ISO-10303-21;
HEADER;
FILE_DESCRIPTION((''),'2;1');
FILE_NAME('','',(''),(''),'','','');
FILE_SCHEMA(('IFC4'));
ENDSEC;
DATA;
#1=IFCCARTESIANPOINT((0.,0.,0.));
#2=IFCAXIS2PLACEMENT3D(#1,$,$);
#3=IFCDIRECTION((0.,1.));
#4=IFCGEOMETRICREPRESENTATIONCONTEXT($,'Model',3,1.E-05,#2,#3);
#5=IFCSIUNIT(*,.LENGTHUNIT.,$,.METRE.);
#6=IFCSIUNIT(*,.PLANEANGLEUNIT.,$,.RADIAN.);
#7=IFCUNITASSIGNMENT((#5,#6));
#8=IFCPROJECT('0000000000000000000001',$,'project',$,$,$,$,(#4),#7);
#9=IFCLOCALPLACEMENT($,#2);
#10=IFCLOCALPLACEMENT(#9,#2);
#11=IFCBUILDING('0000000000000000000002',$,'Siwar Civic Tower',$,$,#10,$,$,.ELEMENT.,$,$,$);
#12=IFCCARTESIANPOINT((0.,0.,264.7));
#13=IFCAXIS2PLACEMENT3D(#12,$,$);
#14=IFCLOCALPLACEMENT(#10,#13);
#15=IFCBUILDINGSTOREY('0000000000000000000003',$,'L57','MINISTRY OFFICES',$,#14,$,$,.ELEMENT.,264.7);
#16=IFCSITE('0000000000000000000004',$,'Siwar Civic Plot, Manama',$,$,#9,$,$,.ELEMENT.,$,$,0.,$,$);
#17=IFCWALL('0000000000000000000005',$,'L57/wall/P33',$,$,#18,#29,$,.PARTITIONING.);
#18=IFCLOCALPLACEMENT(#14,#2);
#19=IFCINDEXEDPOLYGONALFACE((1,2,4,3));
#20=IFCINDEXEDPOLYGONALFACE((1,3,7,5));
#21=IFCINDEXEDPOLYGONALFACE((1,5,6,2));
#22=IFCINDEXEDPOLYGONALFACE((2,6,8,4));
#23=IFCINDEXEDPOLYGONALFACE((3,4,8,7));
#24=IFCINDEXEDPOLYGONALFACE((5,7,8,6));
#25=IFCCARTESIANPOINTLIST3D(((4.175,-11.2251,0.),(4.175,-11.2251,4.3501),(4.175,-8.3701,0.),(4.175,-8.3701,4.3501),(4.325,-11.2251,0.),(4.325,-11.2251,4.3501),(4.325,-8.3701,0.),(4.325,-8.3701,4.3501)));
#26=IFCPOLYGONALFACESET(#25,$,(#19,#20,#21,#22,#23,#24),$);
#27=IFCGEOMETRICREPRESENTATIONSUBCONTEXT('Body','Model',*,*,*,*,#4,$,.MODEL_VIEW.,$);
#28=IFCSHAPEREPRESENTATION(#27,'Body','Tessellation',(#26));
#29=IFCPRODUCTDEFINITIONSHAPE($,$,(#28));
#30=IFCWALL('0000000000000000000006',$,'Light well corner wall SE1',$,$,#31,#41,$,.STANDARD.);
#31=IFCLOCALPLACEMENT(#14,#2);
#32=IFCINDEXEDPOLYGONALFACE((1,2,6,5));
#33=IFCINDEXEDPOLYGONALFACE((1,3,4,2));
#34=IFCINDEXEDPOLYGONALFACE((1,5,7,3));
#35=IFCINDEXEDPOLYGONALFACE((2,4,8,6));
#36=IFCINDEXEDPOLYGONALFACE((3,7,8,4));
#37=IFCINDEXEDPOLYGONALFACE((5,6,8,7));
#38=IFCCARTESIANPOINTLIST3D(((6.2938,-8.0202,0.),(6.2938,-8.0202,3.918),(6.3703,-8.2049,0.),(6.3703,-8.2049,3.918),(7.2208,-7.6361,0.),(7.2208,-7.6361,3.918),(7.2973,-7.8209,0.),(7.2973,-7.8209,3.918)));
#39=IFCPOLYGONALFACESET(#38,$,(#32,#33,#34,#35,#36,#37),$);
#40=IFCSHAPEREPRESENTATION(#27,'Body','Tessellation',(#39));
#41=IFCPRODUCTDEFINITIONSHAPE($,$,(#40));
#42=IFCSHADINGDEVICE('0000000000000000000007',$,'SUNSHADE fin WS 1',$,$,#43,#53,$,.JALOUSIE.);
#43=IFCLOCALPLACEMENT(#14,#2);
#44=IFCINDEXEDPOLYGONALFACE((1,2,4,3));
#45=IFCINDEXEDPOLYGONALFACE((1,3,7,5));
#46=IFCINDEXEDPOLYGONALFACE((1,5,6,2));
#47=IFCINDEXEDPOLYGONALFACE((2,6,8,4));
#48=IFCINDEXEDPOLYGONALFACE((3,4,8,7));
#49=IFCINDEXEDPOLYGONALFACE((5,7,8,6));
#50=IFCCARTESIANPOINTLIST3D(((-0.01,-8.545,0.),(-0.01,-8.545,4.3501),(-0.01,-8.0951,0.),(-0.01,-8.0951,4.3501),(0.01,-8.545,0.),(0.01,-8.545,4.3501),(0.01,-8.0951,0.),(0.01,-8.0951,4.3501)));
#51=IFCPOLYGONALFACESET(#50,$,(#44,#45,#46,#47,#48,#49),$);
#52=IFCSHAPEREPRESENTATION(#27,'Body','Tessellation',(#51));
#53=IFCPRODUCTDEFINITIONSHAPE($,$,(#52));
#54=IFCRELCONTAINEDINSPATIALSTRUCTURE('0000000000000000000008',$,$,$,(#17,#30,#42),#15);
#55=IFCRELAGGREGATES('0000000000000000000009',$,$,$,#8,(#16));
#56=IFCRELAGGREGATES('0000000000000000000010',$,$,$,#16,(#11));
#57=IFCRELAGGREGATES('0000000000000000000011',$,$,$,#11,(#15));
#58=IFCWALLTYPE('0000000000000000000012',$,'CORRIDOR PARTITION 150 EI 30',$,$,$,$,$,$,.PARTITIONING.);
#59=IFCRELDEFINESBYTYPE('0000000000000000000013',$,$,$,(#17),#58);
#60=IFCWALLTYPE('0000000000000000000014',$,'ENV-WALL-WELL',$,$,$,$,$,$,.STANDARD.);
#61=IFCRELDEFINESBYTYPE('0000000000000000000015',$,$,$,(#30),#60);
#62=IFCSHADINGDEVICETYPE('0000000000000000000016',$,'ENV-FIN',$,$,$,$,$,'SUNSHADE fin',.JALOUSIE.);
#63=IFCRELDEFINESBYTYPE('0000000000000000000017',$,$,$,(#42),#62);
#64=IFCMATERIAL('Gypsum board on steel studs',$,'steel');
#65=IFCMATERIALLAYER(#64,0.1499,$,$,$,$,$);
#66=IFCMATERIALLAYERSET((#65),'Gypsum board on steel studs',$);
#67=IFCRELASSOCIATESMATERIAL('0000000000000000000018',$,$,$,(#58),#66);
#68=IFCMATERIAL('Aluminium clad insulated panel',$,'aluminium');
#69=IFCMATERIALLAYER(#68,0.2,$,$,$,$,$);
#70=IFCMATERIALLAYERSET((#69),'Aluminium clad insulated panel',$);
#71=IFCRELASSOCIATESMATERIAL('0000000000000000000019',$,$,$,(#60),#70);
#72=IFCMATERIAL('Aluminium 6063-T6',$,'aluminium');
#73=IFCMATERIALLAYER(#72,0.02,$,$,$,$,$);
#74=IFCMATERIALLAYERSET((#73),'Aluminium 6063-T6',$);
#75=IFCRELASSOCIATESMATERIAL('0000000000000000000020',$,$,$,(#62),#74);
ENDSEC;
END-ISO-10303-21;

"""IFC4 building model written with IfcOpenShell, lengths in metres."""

from ifc_helpers import new_model, si_unit, direction, frame, frame_2d, origin, origin_2d, place, context, subcontext, project, spatial, rectangle, extrude, material, layer, layer_set, type_object, element, save


model = new_model("IFC4")

# Units and contexts
model_context = context("Model", 3, precision=1e-05, world=origin(), true_north=direction((0.0, 1.0)))
body_context = subcontext(model_context, "Body", "Model", "MODEL_VIEW")
ifc_project = project(units=[si_unit("LENGTHUNIT", "METRE"), si_unit("PLANEANGLEUNIT", "RADIAN")], contexts=[model_context])

# Site, building, storey
site_placement = place(None, origin())
site = spatial("IfcSite", under=ifc_project, at=site_placement, Name="Siwar Civic Plot, Manama", CompositionType="ELEMENT", RefElevation=0.0)
building_placement = place(site_placement, origin())
building = spatial("IfcBuilding", under=site, at=building_placement, Name="Siwar Civic Tower", CompositionType="ELEMENT")
storey_placement = place(building_placement, frame((0.0, 0.0, 264.7)))
storey = spatial("IfcBuildingStorey", under=building, at=storey_placement, Name="L57", Description="MINISTRY OFFICES", CompositionType="ELEMENT", Elevation=264.7)

# Walls
ifc_material_1 = material(Name="Gypsum board on steel studs", Category="steel")
ifc_layer_1 = layer(ifc_material_1, 0.1499)
ifc_layer_set_1 = layer_set([ifc_layer_1], Name="Gypsum board on steel studs")
wall_type_1 = type_object("IfcWallType", Name="CORRIDOR PARTITION 150 EI 30", PredefinedType="PARTITIONING", material=ifc_layer_set_1)
wall_1_placement = place(storey_placement, frame((4.25, -11.2251, 0.0), z_axis=(0.0, 0.0, 1.0), x_axis=(0.0, 1.0, 0.0)))
element("IfcWall", 1, at=wall_1_placement, inside=storey, type_object=wall_type_1, Name="L57/wall/P33", PredefinedType="PARTITIONING", context=body_context, shape_type="SweptSolid", body=[
    extrude(rectangle(XDim=2.855, YDim=0.1499, at=frame_2d((1.4275, 0.0))), origin(), (0.0, 0.0, 1.0), 4.3501),
])
ifc_material_2 = material(Name="Aluminium clad insulated panel", Category="aluminium")
ifc_layer_2 = layer(ifc_material_2, 0.2)
ifc_layer_set_2 = layer_set([ifc_layer_2], Name="Aluminium clad insulated panel")
wall_type_2 = type_object("IfcWallType", Name="ENV-WALL-WELL", PredefinedType="STANDARD", material=ifc_layer_set_2)
wall_2_placement = place(storey_placement, frame((6.332, -8.1125, 0.0), z_axis=(0.0, 0.0, 1.0), x_axis=(0.92386, 0.382731, 0.0)))
element("IfcWall", 2, at=wall_2_placement, inside=storey, type_object=wall_type_2, Name="Light well corner wall SE1", PredefinedType="STANDARD", context=body_context, shape_type="SweptSolid", body=[
    extrude(rectangle(XDim=1.0034, YDim=0.2, at=frame_2d((0.5017, 0.0))), origin(), (0.0, 0.0, 1.0), 3.918),
])

# Shading device
ifc_material_3 = material(Name="Aluminium 6063-T6", Category="aluminium")
ifc_layer_3 = layer(ifc_material_3, 0.02)
ifc_layer_set_3 = layer_set([ifc_layer_3], Name="Aluminium 6063-T6")
shading_device_type = type_object("IfcShadingDeviceType", Name="ENV-FIN", ElementType="SUNSHADE fin", PredefinedType="JALOUSIE", material=ifc_layer_set_3)
shading_device_placement = place(storey_placement, frame((0.0, -8.3201, 0.0), z_axis=(0.0, 0.0, 1.0), x_axis=(1.0, 0.0, 0.0)))
element("IfcShadingDevice", 3, at=shading_device_placement, inside=storey, type_object=shading_device_type, Name="SUNSHADE fin WS 1", PredefinedType="JALOUSIE", context=body_context, shape_type="SweptSolid", body=[
    extrude(rectangle(XDim=0.02, YDim=0.45, at=origin_2d()), origin(), (0.0, 0.0, 1.0), 4.3501),
])

save(model, "model.ifc")
